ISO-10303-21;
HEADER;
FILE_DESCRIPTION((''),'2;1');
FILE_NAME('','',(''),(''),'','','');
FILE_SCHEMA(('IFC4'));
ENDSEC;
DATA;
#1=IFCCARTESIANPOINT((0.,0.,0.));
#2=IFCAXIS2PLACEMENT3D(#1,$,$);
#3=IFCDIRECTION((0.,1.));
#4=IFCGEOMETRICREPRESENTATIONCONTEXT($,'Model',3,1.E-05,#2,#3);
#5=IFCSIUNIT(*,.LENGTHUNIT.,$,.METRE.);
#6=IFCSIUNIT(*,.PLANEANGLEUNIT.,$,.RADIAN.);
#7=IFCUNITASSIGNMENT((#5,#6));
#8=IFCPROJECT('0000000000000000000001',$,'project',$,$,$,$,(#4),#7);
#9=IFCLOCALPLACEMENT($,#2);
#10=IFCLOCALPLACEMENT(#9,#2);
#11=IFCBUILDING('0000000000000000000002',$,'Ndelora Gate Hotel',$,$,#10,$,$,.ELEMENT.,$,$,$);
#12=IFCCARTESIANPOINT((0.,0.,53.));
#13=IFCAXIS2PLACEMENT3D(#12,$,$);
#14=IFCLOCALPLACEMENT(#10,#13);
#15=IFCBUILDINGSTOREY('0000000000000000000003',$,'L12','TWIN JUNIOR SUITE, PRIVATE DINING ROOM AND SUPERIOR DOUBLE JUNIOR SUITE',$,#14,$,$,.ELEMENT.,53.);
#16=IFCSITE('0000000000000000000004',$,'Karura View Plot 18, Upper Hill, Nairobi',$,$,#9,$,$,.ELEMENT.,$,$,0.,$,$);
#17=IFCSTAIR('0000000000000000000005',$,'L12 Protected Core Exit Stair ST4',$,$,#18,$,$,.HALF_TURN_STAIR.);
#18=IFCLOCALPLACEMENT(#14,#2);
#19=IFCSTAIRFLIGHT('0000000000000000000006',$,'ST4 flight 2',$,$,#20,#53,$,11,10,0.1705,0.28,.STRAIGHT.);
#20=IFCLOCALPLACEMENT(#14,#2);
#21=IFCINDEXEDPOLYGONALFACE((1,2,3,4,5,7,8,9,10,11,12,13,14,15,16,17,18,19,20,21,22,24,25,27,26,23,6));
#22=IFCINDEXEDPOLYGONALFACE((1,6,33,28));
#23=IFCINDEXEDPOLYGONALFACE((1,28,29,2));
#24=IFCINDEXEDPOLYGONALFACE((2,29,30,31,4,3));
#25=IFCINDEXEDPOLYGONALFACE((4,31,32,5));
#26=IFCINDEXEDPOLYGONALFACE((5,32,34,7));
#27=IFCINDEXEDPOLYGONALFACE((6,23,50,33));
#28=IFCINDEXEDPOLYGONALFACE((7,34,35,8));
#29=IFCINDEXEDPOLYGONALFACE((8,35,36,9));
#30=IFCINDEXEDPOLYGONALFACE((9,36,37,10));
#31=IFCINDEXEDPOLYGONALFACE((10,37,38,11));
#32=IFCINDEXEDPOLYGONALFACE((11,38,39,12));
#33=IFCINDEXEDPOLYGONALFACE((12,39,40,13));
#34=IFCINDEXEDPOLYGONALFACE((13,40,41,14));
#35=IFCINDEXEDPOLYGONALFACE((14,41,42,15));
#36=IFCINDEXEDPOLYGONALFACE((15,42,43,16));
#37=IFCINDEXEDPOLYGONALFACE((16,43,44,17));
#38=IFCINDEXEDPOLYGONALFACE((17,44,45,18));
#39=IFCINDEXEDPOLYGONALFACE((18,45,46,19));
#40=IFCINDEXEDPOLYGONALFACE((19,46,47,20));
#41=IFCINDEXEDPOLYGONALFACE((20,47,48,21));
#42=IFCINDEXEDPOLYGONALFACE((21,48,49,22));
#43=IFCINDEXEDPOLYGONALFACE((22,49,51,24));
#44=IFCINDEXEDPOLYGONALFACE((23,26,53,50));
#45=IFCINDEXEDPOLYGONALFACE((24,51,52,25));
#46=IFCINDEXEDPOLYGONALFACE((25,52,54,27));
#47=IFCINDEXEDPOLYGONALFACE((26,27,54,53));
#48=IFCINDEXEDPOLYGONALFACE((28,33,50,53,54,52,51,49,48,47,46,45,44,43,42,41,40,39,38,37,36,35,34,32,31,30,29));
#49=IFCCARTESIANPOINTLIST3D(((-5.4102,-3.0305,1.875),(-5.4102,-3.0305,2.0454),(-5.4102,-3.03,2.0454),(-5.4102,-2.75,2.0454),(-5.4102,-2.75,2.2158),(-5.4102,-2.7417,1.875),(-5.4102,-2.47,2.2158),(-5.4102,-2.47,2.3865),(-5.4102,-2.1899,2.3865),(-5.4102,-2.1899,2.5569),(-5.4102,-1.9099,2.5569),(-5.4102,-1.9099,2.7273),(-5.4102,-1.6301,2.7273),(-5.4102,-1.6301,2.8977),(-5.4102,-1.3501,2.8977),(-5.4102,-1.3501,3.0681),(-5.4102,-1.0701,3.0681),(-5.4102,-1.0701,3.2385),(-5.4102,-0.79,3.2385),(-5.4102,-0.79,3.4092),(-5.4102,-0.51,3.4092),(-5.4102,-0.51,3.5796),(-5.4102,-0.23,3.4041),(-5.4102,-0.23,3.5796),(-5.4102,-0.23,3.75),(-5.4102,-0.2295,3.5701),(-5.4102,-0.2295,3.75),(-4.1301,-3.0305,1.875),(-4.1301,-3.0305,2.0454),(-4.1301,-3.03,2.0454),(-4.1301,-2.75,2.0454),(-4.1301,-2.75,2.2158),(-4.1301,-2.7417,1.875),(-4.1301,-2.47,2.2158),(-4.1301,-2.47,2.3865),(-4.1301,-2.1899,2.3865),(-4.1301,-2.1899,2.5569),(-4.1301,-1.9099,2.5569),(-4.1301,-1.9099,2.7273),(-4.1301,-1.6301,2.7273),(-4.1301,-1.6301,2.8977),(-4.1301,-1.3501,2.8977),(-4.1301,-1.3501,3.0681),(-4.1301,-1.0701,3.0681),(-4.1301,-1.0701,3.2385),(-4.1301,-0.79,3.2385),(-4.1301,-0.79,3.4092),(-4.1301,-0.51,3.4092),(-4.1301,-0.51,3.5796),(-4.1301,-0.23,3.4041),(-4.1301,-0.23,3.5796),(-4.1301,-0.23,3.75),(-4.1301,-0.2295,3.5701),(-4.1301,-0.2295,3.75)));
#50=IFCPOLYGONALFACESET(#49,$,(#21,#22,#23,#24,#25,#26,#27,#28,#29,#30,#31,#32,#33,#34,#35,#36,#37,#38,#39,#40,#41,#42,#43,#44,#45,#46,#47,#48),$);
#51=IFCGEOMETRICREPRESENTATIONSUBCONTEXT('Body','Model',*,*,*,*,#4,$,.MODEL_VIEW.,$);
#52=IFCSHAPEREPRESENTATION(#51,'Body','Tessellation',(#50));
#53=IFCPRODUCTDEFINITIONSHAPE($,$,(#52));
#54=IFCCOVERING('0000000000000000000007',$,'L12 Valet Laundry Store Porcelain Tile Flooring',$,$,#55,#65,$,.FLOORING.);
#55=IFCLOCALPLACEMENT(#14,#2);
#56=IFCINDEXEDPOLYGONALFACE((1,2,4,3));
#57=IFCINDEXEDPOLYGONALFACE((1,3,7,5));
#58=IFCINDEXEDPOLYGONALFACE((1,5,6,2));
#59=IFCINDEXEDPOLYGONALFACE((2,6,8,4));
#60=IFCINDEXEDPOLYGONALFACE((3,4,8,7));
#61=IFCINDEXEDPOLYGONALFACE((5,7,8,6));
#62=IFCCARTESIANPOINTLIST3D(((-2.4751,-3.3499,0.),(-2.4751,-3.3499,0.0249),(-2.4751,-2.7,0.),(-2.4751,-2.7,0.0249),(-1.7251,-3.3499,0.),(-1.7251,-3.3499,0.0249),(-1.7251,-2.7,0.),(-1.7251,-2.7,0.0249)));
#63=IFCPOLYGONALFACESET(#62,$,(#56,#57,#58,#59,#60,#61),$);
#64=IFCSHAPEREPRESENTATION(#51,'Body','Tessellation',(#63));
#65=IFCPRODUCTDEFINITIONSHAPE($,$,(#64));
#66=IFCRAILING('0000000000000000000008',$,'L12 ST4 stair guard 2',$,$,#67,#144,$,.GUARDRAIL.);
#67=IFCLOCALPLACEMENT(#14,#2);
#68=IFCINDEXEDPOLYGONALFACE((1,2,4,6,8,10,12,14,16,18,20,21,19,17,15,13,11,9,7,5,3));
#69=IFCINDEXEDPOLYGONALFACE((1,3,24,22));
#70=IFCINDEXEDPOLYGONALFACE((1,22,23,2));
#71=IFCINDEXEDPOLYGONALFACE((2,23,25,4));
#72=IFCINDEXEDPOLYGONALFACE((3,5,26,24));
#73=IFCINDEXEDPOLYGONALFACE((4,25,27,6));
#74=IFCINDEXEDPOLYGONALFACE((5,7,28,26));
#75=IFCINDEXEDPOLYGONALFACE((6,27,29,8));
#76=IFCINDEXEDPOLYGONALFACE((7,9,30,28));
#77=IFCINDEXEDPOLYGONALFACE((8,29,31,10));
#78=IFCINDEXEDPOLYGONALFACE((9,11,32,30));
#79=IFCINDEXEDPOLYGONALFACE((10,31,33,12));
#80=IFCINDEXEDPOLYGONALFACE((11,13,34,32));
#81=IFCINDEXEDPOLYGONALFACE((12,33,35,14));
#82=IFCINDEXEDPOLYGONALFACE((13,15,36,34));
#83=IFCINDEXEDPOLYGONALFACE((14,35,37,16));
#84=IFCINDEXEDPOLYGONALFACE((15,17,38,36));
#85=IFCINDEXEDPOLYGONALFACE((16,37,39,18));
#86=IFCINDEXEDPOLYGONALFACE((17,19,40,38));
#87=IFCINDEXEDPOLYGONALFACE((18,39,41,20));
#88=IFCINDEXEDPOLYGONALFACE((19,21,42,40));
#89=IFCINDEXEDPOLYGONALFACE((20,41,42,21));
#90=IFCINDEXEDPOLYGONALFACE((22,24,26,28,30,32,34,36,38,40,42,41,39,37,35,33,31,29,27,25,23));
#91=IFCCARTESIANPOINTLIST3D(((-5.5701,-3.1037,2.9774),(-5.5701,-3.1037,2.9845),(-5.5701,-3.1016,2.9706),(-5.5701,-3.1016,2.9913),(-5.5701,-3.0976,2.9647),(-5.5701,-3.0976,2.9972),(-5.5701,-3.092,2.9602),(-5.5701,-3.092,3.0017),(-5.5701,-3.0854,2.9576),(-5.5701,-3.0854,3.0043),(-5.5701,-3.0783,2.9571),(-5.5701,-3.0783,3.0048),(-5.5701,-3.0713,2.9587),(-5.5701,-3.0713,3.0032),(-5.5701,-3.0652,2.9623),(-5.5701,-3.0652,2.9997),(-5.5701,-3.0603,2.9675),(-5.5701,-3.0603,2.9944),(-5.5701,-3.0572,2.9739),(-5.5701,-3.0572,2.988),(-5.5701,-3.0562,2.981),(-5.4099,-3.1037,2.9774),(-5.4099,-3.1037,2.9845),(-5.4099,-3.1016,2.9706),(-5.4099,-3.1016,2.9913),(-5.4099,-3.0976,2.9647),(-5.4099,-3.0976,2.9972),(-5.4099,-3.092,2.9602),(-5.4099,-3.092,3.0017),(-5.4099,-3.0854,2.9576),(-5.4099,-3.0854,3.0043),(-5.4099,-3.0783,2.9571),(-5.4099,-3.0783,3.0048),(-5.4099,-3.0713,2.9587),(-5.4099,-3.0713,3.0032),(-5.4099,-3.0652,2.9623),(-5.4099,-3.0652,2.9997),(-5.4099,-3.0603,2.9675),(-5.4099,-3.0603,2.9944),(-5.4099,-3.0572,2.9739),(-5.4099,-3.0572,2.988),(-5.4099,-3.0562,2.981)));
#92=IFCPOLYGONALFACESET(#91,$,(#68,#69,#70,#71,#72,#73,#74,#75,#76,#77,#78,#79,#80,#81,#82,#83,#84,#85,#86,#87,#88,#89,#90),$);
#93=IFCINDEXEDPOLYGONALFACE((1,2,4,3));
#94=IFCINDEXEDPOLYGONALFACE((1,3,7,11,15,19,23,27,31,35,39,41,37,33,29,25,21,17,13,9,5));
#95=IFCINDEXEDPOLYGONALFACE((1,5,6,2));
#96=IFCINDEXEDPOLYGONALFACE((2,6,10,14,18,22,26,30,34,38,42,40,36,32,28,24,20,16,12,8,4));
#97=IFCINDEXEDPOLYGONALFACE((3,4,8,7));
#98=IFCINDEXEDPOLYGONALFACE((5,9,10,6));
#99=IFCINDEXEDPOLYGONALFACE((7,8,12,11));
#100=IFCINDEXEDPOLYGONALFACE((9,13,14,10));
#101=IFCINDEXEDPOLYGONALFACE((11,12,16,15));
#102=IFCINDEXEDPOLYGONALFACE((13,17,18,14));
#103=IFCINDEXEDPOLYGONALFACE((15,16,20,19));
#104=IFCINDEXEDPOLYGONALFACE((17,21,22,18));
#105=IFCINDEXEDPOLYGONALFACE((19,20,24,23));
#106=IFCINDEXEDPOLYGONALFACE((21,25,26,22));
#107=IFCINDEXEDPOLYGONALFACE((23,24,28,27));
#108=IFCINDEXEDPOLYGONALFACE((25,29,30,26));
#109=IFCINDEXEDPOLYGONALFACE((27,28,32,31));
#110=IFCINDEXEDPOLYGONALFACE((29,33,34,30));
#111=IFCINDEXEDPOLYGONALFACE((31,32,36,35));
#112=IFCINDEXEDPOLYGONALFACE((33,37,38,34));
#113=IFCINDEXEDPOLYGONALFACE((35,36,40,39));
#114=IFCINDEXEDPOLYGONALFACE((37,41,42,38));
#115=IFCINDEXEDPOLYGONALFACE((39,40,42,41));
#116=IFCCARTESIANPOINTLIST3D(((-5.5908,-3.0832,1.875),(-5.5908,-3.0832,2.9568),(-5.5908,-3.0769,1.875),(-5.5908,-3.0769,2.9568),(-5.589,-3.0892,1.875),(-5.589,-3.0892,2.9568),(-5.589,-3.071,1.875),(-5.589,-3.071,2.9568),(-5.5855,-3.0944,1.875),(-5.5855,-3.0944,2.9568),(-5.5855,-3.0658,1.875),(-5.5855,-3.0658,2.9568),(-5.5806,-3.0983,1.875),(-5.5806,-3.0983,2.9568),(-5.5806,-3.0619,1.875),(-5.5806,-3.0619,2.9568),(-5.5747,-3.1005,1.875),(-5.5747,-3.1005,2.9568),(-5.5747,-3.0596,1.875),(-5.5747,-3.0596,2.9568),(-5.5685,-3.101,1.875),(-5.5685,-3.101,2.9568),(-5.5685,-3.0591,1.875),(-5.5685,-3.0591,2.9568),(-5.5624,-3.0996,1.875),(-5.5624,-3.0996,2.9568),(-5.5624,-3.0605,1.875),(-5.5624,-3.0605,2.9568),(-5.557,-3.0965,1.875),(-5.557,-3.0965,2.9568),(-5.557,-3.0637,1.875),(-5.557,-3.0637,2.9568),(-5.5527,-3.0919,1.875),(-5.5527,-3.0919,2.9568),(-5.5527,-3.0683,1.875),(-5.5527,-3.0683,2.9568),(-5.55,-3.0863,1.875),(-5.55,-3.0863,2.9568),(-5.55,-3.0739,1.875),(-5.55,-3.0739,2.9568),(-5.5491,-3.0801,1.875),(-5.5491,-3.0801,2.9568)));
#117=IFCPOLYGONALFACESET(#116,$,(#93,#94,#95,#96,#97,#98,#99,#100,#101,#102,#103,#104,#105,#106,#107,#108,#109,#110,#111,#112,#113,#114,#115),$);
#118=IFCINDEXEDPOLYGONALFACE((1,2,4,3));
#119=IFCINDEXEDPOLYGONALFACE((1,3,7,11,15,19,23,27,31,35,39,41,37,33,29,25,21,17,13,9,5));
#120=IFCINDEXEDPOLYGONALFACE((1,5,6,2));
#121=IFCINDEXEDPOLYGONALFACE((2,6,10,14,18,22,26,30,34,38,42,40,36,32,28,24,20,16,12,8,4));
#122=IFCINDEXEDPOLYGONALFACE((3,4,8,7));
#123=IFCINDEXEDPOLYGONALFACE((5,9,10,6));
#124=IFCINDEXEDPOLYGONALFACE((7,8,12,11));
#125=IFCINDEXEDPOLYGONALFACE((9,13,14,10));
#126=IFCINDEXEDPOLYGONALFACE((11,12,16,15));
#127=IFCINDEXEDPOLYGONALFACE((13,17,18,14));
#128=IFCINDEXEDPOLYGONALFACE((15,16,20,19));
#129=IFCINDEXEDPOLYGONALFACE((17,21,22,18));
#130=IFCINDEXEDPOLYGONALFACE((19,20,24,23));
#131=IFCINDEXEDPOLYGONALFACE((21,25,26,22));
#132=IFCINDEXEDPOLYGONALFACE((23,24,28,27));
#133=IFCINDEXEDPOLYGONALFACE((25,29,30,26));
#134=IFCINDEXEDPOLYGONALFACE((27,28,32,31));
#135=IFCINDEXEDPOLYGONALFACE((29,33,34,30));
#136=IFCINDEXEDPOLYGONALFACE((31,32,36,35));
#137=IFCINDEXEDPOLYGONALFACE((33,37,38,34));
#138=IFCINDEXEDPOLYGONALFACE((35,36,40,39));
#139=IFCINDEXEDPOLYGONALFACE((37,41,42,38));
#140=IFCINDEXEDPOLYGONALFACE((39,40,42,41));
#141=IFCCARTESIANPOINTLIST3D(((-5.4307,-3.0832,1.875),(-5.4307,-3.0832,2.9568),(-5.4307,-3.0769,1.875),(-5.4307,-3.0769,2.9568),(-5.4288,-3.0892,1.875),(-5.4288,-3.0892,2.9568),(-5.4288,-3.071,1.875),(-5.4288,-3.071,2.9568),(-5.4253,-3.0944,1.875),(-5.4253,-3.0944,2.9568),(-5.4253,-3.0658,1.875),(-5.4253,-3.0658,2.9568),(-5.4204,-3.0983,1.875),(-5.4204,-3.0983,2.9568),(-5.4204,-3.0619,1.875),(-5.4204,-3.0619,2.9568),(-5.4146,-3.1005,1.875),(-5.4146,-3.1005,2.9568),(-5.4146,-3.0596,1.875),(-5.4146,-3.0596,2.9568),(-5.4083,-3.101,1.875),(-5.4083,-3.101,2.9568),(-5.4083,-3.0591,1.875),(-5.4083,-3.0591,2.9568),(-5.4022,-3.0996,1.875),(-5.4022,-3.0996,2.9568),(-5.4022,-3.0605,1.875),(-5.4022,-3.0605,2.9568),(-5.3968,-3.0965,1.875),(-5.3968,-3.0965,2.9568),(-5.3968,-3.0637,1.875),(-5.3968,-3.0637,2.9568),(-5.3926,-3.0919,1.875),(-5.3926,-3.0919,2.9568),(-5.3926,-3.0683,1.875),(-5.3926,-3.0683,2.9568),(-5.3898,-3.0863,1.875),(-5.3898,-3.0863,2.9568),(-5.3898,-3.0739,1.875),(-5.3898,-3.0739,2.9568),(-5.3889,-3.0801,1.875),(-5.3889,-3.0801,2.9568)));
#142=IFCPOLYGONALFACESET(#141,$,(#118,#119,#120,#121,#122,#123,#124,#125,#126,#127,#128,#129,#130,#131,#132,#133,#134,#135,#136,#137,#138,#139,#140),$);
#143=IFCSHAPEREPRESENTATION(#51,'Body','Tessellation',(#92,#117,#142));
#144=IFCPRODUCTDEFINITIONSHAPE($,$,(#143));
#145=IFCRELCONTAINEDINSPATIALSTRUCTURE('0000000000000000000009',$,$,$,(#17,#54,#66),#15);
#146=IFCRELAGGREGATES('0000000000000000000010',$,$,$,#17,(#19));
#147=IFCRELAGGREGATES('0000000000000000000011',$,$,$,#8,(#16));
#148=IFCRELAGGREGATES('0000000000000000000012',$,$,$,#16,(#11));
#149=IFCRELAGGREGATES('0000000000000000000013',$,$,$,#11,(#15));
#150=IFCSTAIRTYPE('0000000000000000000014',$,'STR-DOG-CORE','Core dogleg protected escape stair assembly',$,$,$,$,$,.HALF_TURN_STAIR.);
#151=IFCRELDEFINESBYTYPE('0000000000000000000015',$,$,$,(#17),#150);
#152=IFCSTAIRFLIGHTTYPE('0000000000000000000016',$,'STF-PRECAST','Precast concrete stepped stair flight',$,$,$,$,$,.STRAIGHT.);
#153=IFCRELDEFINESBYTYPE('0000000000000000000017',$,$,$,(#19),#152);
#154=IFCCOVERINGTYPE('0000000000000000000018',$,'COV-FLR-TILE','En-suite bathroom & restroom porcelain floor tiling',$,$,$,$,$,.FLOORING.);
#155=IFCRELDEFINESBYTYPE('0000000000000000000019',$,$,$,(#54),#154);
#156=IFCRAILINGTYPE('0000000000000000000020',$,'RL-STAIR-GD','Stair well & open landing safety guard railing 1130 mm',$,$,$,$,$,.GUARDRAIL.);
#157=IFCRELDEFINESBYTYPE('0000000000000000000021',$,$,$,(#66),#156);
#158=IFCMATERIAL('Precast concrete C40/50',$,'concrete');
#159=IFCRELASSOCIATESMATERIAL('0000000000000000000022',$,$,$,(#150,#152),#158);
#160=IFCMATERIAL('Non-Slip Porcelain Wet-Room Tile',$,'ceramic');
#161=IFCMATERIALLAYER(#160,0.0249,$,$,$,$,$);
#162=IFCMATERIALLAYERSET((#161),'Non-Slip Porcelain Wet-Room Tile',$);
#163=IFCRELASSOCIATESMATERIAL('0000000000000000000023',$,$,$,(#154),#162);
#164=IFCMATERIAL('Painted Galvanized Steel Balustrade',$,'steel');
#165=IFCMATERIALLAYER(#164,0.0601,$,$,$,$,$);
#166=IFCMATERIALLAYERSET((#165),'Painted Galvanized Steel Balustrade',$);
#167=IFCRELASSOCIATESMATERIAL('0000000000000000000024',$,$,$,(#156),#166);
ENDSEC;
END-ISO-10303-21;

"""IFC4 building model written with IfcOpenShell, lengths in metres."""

from ifc_helpers import new_model, si_unit, direction, frame, origin, origin_2d, place, context, subcontext, project, spatial, polyline, rectangle, circle, outline, extrude, material, layer, layer_set, type_object, element, aggregate, save


model = new_model("IFC4")

# Units and contexts
model_context = context("Model", 3, precision=1e-05, world=origin(), true_north=direction((0.0, 1.0)))
body_context = subcontext(model_context, "Body", "Model", "MODEL_VIEW")
ifc_project = project(units=[si_unit("LENGTHUNIT", "METRE"), si_unit("PLANEANGLEUNIT", "RADIAN")], contexts=[model_context])

# Site, building, storey
site_placement = place(None, origin())
site = spatial("IfcSite", under=ifc_project, at=site_placement, Name="Karura View Plot 18, Upper Hill, Nairobi", CompositionType="ELEMENT", RefElevation=0.0)
building_placement = place(site_placement, origin())
building = spatial("IfcBuilding", under=site, at=building_placement, Name="Ndelora Gate Hotel", CompositionType="ELEMENT")
storey_placement = place(building_placement, frame((0.0, 0.0, 53.0)))
storey = spatial("IfcBuildingStorey", under=building, at=storey_placement, Name="L12", Description="TWIN JUNIOR SUITE, PRIVATE DINING ROOM AND SUPERIOR DOUBLE JUNIOR SUITE", CompositionType="ELEMENT", Elevation=53.0)

# Stair, stair flight
ifc_material_1 = material(Name="Precast concrete C40/50", Category="concrete")
stair_type = type_object("IfcStairType", Name="STR-DOG-CORE", Description="Core dogleg protected escape stair assembly", PredefinedType="HALF_TURN_STAIR", material=ifc_material_1)
stair_placement = place(storey_placement, origin())
stair = element("IfcStair", 1, at=stair_placement, inside=storey, type_object=stair_type, Name="L12 Protected Core Exit Stair ST4", PredefinedType="HALF_TURN_STAIR")
stair_flight_type = type_object("IfcStairFlightType", Name="STF-PRECAST", Description="Precast concrete stepped stair flight", PredefinedType="STRAIGHT", material=ifc_material_1)
stair_flight_placement = place(storey_placement, frame((-4.77, -3.03, 1.875), z_axis=(0.0, 0.0, 1.0), x_axis=(0.0, 1.0, 0.0)))
stair_flight = element("IfcStairFlight", 2, at=stair_flight_placement, type_object=stair_flight_type, Name="ST4 flight 2", NumberOfRisers=11, NumberOfTreads=10, PredefinedType="STRAIGHT", RiserHeight=0.1705, TreadLength=0.28, context=body_context, shape_type="SweptSolid", body=[
    extrude(outline(polyline([(-0.0005, 0.0), (-0.0005, 0.1704), (0.0, 0.1704), (0.28, 0.1704), (0.28, 0.3408), (0.5601, 0.3408), (0.5601, 0.5115), (0.8401, 0.5115), (0.8401, 0.6819), (1.1201, 0.6819), (1.1201, 0.8523), (1.3999, 0.8523), (1.3999, 1.0227), (1.6799, 1.0227), (1.6799, 1.1931), (1.96, 1.1931), (1.96, 1.3635), (2.24, 1.3635), (2.24, 1.5342), (2.52, 1.5342), (2.52, 1.7046), (2.8, 1.7046), (2.8, 1.875), (2.8005, 1.875), (2.8005, 1.6951), (2.8, 1.5291), (0.2883, 0.0), (-0.0005, 0.0)])), frame((0.0, 0.6401, 0.0), z_axis=(0.0, -1.0, 0.0), x_axis=(1.0, 0.0, 0.0)), (0.0, 0.0, 1.0), 1.28),
])
aggregate(stair, [stair_flight])

# Covering
ifc_material_2 = material(Name="Non-Slip Porcelain Wet-Room Tile", Category="ceramic")
ifc_layer_1 = layer(ifc_material_2, 0.0249)
ifc_layer_set_1 = layer_set([ifc_layer_1], Name="Non-Slip Porcelain Wet-Room Tile")
covering_type = type_object("IfcCoveringType", Name="COV-FLR-TILE", Description="En-suite bathroom & restroom porcelain floor tiling", PredefinedType="FLOORING", material=ifc_layer_set_1)
covering_placement = place(storey_placement, frame((-2.1001, -3.0249, 0.0), z_axis=(0.0, 0.0, 1.0), x_axis=(1.0, 0.0, 0.0)))
element("IfcCovering", 3, at=covering_placement, inside=storey, type_object=covering_type, Name="L12 Valet Laundry Store Porcelain Tile Flooring", PredefinedType="FLOORING", context=body_context, shape_type="SweptSolid", body=[
    extrude(rectangle(XDim=0.75, YDim=0.6499, at=origin_2d()), origin(), (0.0, 0.0, 1.0), 0.0249),
])

# Railing
ifc_material_3 = material(Name="Painted Galvanized Steel Balustrade", Category="steel")
ifc_layer_2 = layer(ifc_material_3, 0.0601)
ifc_layer_set_2 = layer_set([ifc_layer_2], Name="Painted Galvanized Steel Balustrade")
railing_type_1 = type_object("IfcRailingType", Name="RL-STAIR-GD", Description="Stair well & open landing safety guard railing 1130 mm", PredefinedType="GUARDRAIL", material=ifc_layer_set_2)
railing_1_placement = place(storey_placement, frame((-5.5701, -3.0801, 1.875)))
element("IfcRailing", 4, at=railing_1_placement, inside=storey, type_object=railing_type_1, Name="L12 ST4 stair guard 2", PredefinedType="GUARDRAIL", context=body_context, shape_type="SweptSolid", body=[
    extrude(circle(Radius=0.0239, at=origin_2d()), frame((0.0, 0.0, 1.106), z_axis=(1.0, 0.0, 0.0), x_axis=(0.0, 1.0, 0.0)), (0.0, 0.0, 1.0), 0.1602),
    extrude(circle(Radius=0.021, at=origin_2d()), origin(), (0.0, 0.0, 1.0), 1.0818),
    extrude(circle(Radius=0.021, at=origin_2d()), frame((0.1602, 0.0, 0.0)), (0.0, 0.0, 1.0), 1.0818),
])

save(model, "model.ifc")
